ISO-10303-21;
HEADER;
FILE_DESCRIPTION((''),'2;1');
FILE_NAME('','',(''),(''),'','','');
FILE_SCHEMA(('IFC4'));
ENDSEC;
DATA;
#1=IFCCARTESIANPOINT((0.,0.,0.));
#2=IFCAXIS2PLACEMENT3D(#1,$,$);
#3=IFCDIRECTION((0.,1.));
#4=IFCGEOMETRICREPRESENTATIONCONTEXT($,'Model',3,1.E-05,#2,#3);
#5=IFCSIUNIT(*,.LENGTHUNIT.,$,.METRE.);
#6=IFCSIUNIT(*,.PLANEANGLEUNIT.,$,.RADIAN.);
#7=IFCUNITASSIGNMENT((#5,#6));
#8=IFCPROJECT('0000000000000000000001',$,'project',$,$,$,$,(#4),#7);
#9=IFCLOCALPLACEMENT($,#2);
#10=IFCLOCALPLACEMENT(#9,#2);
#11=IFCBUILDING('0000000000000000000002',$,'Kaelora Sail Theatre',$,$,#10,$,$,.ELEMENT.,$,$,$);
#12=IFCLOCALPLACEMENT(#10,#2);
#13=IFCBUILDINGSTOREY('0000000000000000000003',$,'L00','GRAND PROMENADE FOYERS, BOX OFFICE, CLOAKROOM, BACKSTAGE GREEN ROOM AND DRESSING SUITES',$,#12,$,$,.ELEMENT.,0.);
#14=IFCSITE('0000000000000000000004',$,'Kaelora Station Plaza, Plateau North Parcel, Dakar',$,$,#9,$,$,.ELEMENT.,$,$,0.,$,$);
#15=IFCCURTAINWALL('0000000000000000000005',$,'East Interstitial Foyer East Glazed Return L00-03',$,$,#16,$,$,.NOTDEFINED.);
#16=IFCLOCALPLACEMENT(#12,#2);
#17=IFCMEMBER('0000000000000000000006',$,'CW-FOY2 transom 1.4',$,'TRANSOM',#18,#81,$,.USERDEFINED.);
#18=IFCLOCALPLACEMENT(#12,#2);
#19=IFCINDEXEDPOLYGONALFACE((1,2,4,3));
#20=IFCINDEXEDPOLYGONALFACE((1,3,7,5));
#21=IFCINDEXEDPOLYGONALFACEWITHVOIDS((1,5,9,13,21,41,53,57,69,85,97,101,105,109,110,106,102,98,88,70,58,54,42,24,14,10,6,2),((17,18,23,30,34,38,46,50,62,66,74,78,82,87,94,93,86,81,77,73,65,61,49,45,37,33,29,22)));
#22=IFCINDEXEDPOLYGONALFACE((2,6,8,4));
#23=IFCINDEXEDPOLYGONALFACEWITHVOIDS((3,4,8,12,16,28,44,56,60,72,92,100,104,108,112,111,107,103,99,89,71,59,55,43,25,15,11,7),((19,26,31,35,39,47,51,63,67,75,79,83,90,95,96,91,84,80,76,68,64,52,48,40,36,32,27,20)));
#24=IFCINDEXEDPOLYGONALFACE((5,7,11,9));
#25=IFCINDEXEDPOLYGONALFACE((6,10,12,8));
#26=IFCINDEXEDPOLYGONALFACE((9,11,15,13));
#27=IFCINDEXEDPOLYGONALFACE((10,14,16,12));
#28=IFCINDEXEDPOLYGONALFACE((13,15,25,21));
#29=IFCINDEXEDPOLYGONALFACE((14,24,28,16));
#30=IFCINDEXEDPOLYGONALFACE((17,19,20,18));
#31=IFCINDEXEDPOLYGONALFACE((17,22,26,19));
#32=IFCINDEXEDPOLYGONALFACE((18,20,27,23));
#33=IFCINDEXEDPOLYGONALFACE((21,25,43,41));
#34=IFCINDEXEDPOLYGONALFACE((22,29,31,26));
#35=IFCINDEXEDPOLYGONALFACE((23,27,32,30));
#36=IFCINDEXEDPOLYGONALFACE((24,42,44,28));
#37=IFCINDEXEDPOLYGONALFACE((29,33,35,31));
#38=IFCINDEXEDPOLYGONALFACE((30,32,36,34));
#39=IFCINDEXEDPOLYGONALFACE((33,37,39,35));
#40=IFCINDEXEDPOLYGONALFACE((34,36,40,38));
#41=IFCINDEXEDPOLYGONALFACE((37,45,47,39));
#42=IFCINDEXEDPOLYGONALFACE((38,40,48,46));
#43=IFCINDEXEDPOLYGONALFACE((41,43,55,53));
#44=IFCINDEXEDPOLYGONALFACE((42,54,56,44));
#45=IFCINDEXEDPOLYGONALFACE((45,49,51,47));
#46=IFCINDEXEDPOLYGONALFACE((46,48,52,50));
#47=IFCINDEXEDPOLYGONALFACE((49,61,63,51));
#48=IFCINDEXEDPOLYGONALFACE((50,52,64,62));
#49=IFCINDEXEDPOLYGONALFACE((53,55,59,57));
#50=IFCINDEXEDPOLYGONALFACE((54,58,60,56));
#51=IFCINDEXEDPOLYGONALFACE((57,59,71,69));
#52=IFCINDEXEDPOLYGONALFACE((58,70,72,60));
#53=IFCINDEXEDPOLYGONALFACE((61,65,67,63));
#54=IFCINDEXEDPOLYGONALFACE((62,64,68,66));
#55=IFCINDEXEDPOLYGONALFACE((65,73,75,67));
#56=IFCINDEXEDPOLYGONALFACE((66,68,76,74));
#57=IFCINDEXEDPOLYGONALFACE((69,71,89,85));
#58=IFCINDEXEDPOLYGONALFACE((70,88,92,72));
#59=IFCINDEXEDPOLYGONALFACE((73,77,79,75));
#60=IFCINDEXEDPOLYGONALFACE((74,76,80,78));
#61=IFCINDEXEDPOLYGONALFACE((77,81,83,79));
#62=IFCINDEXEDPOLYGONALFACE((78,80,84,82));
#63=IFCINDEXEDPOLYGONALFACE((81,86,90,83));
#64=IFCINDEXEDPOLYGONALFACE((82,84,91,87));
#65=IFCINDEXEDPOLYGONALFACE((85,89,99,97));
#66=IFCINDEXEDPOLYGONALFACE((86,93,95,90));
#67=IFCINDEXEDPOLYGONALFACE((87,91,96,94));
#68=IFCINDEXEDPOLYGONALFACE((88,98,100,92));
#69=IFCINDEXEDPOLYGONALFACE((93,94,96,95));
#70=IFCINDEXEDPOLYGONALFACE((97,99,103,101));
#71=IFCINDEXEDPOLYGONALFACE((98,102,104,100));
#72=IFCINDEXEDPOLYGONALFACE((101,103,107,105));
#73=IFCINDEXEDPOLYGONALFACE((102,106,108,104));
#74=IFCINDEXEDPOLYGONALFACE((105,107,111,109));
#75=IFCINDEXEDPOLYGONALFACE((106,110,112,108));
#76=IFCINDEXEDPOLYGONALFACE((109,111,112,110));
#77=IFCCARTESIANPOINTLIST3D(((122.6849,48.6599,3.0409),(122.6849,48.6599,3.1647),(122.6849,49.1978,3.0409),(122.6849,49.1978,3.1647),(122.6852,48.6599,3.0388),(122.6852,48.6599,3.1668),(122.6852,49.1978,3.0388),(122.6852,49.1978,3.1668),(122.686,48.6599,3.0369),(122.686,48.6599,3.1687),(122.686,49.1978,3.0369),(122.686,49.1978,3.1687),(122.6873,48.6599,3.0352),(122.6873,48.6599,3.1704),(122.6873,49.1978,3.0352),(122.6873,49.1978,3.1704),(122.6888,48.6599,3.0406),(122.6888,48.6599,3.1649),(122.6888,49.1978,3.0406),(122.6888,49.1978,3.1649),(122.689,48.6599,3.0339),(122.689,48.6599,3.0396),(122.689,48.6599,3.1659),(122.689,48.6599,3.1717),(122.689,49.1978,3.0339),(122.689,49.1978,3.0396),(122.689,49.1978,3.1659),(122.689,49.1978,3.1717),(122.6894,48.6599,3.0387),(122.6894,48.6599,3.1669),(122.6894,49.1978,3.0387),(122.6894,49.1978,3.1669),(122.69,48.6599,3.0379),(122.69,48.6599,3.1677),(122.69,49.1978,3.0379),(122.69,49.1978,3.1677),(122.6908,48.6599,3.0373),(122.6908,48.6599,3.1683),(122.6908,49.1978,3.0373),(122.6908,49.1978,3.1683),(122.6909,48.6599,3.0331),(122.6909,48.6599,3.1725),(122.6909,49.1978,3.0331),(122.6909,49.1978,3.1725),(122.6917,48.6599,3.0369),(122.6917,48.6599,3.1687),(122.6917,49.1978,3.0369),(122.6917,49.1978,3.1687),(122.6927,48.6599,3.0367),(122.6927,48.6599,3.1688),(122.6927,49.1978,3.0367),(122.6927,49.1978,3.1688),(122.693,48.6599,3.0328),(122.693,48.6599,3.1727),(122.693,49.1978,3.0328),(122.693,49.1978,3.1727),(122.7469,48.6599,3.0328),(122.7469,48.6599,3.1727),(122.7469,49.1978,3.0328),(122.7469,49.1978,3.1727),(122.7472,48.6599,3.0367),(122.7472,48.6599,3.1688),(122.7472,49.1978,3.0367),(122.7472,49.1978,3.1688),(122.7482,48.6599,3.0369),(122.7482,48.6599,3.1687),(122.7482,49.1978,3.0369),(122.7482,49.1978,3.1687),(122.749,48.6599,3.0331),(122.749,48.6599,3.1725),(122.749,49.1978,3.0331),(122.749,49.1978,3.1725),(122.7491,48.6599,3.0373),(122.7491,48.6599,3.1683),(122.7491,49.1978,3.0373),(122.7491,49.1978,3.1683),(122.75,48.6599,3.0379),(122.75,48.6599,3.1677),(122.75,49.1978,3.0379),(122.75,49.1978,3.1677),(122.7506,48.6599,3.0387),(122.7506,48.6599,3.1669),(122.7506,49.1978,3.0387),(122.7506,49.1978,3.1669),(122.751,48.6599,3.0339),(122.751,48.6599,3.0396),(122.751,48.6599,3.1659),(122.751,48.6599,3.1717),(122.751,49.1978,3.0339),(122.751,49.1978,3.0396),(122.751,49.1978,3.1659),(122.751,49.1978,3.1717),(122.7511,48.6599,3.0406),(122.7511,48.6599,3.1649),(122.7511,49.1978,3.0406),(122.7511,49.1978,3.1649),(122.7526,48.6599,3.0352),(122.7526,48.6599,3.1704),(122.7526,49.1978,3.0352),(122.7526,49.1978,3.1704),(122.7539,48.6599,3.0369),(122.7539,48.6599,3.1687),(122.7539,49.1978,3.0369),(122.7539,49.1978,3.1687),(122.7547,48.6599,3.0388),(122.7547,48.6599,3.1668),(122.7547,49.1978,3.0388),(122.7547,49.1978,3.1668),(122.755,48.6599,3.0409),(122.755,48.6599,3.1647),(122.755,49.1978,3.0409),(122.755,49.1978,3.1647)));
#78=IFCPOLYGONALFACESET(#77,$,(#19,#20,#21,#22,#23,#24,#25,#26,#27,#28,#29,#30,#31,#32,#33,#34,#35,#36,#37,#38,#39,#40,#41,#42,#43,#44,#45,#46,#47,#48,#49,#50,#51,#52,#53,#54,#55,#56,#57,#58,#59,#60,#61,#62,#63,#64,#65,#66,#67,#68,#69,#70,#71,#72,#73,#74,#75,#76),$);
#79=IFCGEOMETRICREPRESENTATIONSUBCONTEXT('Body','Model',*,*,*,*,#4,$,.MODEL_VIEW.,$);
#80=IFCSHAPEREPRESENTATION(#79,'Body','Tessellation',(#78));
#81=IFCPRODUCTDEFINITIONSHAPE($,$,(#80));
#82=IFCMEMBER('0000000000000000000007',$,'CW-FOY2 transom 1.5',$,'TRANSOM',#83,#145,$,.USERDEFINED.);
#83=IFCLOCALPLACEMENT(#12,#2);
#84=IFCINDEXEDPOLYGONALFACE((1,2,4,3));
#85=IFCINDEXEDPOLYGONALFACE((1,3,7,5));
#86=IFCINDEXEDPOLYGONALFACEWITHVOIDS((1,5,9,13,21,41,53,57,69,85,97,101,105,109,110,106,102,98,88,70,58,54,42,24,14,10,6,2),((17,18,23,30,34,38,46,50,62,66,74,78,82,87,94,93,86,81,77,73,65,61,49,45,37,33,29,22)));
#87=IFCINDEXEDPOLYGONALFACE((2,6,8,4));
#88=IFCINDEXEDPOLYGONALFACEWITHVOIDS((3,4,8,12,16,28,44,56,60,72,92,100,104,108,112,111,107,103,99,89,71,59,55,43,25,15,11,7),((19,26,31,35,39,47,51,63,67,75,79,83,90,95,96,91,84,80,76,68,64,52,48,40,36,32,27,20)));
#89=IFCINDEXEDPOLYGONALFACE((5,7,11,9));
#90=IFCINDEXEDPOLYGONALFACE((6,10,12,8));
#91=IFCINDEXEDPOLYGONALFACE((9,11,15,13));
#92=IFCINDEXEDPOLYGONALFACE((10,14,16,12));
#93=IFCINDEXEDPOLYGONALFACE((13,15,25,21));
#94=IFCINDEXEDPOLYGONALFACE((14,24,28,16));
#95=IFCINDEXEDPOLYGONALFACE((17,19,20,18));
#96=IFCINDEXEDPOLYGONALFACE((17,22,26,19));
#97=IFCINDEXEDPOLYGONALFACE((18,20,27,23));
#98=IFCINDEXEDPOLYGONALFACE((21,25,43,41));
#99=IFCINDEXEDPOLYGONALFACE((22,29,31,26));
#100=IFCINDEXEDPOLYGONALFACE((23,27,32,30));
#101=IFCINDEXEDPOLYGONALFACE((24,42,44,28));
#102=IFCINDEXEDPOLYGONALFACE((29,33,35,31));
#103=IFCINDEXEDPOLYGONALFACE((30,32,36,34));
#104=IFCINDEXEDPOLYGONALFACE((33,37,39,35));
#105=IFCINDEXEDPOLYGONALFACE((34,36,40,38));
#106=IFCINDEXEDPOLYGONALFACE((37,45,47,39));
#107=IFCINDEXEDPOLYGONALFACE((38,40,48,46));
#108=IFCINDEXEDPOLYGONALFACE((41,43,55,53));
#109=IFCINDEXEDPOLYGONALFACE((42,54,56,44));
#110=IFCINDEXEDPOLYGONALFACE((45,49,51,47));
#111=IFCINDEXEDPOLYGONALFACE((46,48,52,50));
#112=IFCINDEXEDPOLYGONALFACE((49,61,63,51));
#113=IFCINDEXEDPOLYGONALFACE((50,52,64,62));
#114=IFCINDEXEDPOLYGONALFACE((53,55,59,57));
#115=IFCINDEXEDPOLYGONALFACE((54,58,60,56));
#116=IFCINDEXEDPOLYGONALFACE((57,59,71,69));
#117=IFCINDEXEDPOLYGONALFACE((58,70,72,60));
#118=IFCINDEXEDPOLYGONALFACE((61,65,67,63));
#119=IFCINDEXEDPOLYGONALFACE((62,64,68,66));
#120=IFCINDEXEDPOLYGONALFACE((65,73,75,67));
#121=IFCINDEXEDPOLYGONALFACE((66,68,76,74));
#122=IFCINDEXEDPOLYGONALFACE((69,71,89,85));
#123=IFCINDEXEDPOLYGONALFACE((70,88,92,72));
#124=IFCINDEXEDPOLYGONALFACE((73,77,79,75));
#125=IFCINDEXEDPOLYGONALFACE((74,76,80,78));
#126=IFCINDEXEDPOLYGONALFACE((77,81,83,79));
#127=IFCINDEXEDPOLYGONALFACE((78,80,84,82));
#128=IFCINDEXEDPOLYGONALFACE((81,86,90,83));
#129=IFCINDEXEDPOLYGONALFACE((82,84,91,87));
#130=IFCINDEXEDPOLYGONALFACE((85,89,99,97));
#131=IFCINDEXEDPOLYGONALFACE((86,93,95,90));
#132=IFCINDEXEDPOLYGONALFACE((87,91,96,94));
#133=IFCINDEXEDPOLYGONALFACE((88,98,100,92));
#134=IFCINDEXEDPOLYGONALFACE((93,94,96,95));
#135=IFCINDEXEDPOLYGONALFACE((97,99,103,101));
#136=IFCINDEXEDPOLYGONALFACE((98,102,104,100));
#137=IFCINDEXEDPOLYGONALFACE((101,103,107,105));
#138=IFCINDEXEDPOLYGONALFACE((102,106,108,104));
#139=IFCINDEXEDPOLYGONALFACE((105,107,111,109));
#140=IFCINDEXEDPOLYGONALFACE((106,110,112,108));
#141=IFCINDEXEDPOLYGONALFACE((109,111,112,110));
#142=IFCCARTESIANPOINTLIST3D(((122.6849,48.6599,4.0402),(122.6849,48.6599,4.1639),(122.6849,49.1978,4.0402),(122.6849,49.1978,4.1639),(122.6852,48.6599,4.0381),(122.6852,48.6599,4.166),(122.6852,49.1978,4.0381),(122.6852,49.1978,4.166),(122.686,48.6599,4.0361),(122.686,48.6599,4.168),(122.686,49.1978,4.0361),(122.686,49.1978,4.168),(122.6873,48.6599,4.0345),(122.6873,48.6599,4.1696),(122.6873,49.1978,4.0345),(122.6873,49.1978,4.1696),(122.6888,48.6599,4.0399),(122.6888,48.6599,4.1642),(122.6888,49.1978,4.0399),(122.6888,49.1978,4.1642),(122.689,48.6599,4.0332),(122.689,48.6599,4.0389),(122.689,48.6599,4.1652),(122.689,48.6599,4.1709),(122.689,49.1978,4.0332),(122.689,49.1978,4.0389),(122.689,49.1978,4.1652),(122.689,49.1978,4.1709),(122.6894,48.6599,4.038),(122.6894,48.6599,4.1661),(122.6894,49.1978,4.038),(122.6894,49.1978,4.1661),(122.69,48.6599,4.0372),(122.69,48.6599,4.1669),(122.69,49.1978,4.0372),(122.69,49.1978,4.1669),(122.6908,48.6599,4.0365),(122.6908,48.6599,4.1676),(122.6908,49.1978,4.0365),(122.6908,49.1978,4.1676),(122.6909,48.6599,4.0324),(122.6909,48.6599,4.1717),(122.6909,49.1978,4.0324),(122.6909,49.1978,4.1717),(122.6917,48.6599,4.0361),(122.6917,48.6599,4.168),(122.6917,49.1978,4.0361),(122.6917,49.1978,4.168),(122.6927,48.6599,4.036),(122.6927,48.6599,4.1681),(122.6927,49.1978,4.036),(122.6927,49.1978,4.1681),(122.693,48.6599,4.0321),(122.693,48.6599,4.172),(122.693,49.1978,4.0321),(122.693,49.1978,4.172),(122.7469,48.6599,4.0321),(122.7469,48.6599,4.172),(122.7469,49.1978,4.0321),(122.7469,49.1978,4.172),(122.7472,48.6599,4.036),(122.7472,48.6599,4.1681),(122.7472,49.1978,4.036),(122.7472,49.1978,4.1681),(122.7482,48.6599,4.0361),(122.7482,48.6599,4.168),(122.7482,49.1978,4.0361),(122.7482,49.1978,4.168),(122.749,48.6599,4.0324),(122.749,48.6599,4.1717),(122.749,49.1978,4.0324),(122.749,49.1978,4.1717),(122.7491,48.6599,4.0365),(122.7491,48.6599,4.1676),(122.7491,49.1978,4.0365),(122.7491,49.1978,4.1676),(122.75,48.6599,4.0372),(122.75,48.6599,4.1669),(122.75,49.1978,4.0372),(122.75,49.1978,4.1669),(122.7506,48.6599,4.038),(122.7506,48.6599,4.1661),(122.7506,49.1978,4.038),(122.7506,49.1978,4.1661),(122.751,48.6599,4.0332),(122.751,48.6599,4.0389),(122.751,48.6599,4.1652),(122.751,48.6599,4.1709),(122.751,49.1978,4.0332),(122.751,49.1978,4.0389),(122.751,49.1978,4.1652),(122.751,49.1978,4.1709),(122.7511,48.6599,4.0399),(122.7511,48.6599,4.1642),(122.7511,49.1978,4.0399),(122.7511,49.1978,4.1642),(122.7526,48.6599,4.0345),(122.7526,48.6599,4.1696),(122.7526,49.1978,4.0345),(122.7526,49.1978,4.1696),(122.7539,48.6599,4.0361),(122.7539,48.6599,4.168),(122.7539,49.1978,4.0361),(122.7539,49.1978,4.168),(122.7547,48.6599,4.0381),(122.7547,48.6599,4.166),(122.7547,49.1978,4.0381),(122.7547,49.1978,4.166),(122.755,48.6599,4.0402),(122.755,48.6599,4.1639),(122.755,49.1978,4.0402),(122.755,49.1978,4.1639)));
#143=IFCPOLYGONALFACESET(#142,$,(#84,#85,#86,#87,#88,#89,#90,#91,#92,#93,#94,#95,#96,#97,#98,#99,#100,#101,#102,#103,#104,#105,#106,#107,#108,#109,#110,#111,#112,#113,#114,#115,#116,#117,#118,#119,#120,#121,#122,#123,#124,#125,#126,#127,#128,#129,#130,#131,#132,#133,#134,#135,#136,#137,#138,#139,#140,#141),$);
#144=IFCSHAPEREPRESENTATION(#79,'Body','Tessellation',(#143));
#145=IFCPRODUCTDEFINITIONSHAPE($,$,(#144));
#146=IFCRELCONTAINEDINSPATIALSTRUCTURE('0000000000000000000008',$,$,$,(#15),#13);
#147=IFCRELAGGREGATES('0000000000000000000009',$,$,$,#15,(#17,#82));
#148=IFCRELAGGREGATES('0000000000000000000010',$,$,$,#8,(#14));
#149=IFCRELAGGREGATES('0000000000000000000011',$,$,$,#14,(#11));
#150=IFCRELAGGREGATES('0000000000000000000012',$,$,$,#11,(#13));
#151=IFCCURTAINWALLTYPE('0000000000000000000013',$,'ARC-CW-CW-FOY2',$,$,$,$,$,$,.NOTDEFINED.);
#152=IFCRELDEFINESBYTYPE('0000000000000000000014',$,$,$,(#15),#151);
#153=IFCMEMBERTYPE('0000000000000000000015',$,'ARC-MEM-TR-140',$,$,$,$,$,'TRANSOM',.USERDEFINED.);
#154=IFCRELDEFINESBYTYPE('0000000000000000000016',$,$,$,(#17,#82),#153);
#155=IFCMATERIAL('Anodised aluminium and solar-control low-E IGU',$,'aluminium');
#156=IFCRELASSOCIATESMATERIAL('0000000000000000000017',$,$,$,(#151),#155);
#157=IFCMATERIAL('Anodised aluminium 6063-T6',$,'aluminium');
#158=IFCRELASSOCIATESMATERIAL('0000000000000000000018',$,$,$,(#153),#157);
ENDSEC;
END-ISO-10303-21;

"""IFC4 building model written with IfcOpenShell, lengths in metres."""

from ifc_helpers import new_model, si_unit, direction, frame, origin, origin_2d, place, context, subcontext, project, spatial, hollow_rectangle, extrude, material, material_profile, profile_set, type_object, element, aggregate, save


model = new_model("IFC4")

# Units and contexts
model_context = context("Model", 3, precision=1e-05, world=origin(), true_north=direction((0.0, 1.0)))
body_context = subcontext(model_context, "Body", "Model", "MODEL_VIEW")
ifc_project = project(units=[si_unit("LENGTHUNIT", "METRE"), si_unit("PLANEANGLEUNIT", "RADIAN")], contexts=[model_context])

# Site, building, storey
site_placement = place(None, origin())
site = spatial("IfcSite", under=ifc_project, at=site_placement, Name="Kaelora Station Plaza, Plateau North Parcel, Dakar", CompositionType="ELEMENT", RefElevation=0.0)
building_placement = place(site_placement, origin())
building = spatial("IfcBuilding", under=site, at=building_placement, Name="Kaelora Sail Theatre", CompositionType="ELEMENT")
storey_placement = place(building_placement, origin())
storey = spatial("IfcBuildingStorey", under=building, at=storey_placement, Name="L00", Description="GRAND PROMENADE FOYERS, BOX OFFICE, CLOAKROOM, BACKSTAGE GREEN ROOM AND DRESSING SUITES", CompositionType="ELEMENT", Elevation=0.0)

# Curtain wall, members
ifc_material_1 = material(Name="Anodised aluminium and solar-control low-E IGU", Category="aluminium")
curtain_wall_type = type_object("IfcCurtainWallType", Name="ARC-CW-CW-FOY2", PredefinedType="NOTDEFINED", material=ifc_material_1)
curtain_wall_placement = place(storey_placement, origin())
curtain_wall = element("IfcCurtainWall", 1, at=curtain_wall_placement, inside=storey, type_object=curtain_wall_type, Name="East Interstitial Foyer East Glazed Return L00-03", PredefinedType="NOTDEFINED")
ifc_material_2 = material(Name="Anodised aluminium 6063-T6", Category="aluminium")
ifc_material_profile = material_profile(ifc_material_2, hollow_rectangle(XDim=0.0701, YDim=0.1399, WallThickness=0.0039, InnerFilletRadius=0.0039, OuterFilletRadius=0.0081, at=origin_2d()), Name="ALU-TRAN 70x140x4")
ifc_profile_set = profile_set([ifc_material_profile], Name="Anodised aluminium 6063-T6")
member_type = type_object("IfcMemberType", Name="ARC-MEM-TR-140", ElementType="TRANSOM", PredefinedType="USERDEFINED", material=ifc_profile_set)
member_1_placement = place(storey_placement, frame((122.72, 48.6599, 3.1028), z_axis=(0.0, 1.0, 0.0), x_axis=(-1.0, 0.0, 0.0)))
member_1 = element("IfcMember", 2, at=member_1_placement, type_object=member_type, Name="CW-FOY2 transom 1.4", ObjectType="TRANSOM", PredefinedType="USERDEFINED", context=body_context, shape_type="SweptSolid", body=[
    extrude(hollow_rectangle(XDim=0.0701, YDim=0.1399, WallThickness=0.0039, InnerFilletRadius=0.0039, OuterFilletRadius=0.0081, at=origin_2d()), origin(), (0.0, 0.0, 1.0), 0.5378),
])
member_2_placement = place(storey_placement, frame((122.72, 48.6599, 4.1021), z_axis=(0.0, 1.0, 0.0), x_axis=(-1.0, 0.0, 0.0)))
member_2 = element("IfcMember", 3, at=member_2_placement, type_object=member_type, Name="CW-FOY2 transom 1.5", ObjectType="TRANSOM", PredefinedType="USERDEFINED", context=body_context, shape_type="SweptSolid", body=[
    extrude(hollow_rectangle(XDim=0.0701, YDim=0.1399, WallThickness=0.0039, InnerFilletRadius=0.0039, OuterFilletRadius=0.0081, at=origin_2d()), origin(), (0.0, 0.0, 1.0), 0.5378),
])
aggregate(curtain_wall, [member_1, member_2])

save(model, "model.ifc")
